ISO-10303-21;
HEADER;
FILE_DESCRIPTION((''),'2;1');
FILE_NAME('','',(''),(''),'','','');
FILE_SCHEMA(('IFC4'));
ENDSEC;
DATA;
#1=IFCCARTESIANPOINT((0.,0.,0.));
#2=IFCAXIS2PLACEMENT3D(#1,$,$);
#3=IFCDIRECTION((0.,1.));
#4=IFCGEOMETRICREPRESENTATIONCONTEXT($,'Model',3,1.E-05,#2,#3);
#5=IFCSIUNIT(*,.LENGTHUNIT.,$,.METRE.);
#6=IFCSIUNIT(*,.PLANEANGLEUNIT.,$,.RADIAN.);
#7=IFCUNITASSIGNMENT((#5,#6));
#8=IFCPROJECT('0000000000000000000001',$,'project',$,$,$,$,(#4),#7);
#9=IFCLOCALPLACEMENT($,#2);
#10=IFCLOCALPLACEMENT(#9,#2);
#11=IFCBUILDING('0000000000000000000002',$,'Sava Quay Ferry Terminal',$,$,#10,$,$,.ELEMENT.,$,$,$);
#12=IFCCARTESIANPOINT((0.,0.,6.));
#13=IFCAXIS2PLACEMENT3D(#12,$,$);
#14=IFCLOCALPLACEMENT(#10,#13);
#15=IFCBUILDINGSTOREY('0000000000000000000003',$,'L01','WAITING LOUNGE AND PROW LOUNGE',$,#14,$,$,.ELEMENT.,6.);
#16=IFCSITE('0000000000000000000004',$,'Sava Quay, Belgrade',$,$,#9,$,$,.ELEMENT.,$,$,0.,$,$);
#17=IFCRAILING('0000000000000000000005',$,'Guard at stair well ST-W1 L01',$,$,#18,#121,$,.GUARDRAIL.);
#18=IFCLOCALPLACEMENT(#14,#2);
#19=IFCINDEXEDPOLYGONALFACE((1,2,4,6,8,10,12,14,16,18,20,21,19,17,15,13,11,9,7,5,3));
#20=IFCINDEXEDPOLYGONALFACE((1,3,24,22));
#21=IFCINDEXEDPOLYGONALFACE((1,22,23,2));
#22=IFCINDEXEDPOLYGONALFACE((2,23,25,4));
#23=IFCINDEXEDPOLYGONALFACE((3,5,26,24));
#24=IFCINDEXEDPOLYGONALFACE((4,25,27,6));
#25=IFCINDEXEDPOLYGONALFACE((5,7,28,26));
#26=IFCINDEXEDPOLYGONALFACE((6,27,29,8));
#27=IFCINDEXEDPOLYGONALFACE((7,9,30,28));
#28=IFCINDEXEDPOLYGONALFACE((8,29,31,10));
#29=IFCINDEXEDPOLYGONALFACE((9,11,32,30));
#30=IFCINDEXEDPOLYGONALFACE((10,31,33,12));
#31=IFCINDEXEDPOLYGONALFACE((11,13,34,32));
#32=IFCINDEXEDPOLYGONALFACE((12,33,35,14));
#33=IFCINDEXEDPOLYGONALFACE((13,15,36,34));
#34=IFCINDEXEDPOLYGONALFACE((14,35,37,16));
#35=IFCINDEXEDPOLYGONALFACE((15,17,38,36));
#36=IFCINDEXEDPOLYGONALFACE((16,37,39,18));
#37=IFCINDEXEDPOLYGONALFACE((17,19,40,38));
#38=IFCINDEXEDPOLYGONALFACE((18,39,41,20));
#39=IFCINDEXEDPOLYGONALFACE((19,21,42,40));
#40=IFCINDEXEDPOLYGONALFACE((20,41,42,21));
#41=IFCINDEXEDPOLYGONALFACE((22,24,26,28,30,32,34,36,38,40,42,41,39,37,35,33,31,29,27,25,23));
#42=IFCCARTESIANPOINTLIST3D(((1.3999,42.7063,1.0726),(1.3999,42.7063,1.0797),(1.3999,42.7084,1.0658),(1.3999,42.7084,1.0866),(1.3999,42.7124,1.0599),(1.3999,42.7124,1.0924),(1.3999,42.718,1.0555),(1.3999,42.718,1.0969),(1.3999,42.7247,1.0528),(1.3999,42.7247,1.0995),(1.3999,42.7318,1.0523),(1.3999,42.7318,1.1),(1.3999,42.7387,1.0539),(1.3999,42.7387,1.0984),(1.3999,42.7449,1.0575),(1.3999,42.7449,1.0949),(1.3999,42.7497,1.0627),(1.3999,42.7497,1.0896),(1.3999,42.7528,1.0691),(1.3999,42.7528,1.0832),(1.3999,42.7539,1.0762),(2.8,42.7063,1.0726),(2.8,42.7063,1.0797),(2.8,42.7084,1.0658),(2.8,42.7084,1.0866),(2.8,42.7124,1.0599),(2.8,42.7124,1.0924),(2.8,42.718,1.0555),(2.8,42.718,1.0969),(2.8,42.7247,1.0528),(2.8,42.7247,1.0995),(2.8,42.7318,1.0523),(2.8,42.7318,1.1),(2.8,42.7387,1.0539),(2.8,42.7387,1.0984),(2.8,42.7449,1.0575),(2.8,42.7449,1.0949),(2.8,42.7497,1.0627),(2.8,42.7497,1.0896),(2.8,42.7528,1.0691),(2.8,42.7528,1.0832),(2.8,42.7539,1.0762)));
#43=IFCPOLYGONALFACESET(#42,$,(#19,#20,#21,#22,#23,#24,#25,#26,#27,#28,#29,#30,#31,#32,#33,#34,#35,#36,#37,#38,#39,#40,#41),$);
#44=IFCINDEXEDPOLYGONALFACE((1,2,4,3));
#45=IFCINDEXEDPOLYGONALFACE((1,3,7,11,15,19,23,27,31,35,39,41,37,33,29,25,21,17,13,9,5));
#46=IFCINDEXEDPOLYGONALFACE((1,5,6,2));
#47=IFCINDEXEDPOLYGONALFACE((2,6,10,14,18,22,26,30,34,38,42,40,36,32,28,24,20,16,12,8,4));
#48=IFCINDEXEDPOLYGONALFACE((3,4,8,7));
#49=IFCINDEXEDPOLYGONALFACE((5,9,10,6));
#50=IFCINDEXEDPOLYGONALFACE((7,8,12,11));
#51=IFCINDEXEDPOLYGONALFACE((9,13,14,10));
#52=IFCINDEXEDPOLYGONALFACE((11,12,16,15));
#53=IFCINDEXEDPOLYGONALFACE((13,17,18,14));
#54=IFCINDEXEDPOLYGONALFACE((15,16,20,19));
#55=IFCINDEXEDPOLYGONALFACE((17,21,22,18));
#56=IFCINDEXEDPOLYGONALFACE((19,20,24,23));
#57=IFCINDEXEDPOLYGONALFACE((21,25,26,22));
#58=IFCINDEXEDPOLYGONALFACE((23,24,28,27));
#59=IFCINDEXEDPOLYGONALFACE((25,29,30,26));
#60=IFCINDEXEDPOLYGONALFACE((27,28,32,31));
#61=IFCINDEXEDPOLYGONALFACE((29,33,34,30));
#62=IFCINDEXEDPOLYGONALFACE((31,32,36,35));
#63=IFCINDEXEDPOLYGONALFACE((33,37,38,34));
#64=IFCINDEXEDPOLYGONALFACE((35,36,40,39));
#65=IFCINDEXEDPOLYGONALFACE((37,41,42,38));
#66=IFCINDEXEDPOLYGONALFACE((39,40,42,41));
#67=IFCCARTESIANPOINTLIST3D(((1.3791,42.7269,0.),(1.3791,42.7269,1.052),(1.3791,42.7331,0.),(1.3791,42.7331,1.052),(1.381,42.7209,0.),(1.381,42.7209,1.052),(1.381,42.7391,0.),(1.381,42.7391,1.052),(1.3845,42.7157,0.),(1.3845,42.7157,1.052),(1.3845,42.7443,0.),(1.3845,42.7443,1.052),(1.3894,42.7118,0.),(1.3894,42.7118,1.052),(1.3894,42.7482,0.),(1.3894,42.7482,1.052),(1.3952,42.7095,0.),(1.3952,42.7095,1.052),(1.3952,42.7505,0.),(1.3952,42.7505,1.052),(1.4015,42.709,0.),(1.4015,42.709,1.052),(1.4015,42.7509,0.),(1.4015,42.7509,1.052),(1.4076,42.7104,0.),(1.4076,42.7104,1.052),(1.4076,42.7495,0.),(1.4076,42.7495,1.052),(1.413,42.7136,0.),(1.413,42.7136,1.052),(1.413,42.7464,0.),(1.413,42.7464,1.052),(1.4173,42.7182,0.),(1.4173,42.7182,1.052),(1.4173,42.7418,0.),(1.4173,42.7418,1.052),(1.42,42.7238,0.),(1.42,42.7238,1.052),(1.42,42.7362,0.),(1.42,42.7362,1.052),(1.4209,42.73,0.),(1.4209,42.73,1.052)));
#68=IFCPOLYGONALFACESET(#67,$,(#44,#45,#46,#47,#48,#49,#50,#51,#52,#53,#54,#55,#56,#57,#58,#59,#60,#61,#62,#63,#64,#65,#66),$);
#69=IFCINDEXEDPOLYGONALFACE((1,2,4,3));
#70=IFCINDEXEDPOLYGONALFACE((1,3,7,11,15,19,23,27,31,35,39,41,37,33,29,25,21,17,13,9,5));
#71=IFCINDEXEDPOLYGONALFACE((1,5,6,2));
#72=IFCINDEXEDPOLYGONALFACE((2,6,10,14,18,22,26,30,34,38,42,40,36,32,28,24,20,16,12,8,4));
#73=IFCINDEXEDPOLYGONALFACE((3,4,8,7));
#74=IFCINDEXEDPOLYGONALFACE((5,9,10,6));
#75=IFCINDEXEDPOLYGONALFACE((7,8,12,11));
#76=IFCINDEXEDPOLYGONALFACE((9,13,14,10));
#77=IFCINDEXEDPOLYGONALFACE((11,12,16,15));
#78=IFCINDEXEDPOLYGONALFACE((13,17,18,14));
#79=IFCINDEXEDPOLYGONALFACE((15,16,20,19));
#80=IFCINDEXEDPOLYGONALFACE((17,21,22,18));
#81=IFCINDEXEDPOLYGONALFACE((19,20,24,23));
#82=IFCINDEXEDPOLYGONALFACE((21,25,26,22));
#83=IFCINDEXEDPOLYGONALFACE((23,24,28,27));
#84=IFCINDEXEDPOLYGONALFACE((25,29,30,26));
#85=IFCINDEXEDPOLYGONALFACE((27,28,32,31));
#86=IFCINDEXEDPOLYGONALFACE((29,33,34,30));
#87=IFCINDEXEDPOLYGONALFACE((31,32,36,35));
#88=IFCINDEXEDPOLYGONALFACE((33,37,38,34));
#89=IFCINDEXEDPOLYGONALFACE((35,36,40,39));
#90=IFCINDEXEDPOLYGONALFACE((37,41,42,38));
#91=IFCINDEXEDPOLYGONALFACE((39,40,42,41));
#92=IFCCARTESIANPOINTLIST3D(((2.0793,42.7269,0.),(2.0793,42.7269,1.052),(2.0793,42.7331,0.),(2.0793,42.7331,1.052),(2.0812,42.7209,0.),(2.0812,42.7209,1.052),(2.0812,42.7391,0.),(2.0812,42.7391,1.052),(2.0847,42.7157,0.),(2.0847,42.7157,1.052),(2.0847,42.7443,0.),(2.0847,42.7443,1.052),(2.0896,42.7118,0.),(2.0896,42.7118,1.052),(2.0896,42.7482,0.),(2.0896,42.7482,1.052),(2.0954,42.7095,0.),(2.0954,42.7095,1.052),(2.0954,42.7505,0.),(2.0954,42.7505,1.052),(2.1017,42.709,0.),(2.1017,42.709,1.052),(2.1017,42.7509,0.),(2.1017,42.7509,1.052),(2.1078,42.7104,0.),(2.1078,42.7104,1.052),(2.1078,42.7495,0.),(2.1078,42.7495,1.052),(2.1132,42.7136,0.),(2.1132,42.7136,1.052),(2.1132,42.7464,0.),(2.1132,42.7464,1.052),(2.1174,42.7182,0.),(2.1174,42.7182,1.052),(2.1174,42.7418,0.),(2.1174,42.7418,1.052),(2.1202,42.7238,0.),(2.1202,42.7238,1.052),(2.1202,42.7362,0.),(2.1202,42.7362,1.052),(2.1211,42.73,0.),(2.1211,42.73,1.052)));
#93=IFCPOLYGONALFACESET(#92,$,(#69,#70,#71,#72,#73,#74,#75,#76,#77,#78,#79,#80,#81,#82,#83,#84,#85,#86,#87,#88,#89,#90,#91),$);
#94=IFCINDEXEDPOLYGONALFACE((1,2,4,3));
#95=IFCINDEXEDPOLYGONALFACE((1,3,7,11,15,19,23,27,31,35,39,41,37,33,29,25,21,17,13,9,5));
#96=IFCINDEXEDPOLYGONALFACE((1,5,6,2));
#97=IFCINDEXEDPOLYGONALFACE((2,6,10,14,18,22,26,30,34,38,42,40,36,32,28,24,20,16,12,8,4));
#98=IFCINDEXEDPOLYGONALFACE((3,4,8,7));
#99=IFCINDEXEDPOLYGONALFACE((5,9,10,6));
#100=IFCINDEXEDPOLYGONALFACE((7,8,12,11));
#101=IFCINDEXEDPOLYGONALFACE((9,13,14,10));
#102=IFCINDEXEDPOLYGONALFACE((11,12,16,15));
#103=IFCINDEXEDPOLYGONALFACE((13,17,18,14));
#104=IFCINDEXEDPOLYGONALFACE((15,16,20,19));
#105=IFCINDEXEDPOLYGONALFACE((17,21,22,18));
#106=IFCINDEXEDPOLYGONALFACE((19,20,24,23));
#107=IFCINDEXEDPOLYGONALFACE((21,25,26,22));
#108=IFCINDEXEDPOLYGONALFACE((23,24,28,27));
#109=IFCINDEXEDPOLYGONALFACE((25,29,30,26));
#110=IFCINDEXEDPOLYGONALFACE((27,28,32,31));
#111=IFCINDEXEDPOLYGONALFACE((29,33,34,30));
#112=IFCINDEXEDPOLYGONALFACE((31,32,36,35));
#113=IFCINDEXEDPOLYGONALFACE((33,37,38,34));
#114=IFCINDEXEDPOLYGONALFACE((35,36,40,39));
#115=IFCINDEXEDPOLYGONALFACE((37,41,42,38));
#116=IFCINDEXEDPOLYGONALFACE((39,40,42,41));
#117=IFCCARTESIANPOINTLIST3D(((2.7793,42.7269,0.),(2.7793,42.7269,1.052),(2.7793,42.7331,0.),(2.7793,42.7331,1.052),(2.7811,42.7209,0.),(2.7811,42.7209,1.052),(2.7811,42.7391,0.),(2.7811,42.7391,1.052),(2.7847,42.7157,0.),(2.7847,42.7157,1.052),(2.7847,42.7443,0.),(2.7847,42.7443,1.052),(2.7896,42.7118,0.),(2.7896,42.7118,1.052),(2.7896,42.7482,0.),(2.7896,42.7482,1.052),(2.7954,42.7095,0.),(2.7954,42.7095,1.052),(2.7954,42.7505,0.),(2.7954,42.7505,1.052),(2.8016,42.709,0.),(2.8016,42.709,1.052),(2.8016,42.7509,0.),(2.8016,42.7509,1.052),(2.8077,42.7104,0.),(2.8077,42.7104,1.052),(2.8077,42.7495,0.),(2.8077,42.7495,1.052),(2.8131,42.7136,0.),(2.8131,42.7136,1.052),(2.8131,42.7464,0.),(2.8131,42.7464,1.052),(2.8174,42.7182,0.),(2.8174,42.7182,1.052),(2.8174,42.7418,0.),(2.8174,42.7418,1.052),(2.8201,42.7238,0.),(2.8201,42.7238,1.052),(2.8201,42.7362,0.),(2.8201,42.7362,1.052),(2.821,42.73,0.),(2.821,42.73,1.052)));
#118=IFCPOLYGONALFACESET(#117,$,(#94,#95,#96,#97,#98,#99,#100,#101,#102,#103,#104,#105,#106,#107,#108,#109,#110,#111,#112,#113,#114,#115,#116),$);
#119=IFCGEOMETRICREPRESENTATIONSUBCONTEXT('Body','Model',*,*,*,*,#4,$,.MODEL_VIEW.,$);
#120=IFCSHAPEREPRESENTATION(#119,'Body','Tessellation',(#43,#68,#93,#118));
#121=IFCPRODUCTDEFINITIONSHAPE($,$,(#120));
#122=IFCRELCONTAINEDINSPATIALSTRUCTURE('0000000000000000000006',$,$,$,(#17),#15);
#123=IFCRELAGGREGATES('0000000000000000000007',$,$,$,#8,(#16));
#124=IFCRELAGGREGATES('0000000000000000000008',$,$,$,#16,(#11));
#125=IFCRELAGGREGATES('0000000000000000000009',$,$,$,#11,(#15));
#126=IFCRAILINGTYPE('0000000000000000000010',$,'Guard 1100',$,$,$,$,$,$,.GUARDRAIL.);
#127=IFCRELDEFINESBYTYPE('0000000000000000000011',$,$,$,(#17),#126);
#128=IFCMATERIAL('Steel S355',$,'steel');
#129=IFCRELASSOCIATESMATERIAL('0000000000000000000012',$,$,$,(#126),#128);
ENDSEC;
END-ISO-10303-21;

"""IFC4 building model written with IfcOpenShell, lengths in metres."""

from ifc_helpers import new_model, si_unit, direction, frame, origin, origin_2d, place, context, subcontext, project, spatial, circle, extrude, material, type_object, element, save


model = new_model("IFC4")

# Units and contexts
model_context = context("Model", 3, precision=1e-05, world=origin(), true_north=direction((0.0, 1.0)))
body_context = subcontext(model_context, "Body", "Model", "MODEL_VIEW")
ifc_project = project(units=[si_unit("LENGTHUNIT", "METRE"), si_unit("PLANEANGLEUNIT", "RADIAN")], contexts=[model_context])

# Site, building, storey
site_placement = place(None, origin())
site = spatial("IfcSite", under=ifc_project, at=site_placement, Name="Sava Quay, Belgrade", CompositionType="ELEMENT", RefElevation=0.0)
building_placement = place(site_placement, origin())
building = spatial("IfcBuilding", under=site, at=building_placement, Name="Sava Quay Ferry Terminal", CompositionType="ELEMENT")
storey_placement = place(building_placement, frame((0.0, 0.0, 6.0)))
storey = spatial("IfcBuildingStorey", under=building, at=storey_placement, Name="L01", Description="WAITING LOUNGE AND PROW LOUNGE", CompositionType="ELEMENT", Elevation=6.0)

# Railing
ifc_material_1 = material(Name="Steel S355", Category="steel")
railing_type = type_object("IfcRailingType", Name="Guard 1100", PredefinedType="GUARDRAIL", material=ifc_material_1)
railing_1_placement = place(storey_placement, frame((1.3999, 42.73, 0.0)))
element("IfcRailing", 1, at=railing_1_placement, inside=storey, type_object=railing_type, Name="Guard at stair well ST-W1 L01", PredefinedType="GUARDRAIL", context=body_context, shape_type="SweptSolid", body=[
    extrude(circle(Radius=0.0239, at=origin_2d()), frame((0.0, 0.0, 1.0762), z_axis=(1.0, 0.0, 0.0), x_axis=(0.0, 1.0, 0.0)), (0.0, 0.0, 1.0), 1.4001),
    extrude(circle(Radius=0.021, at=origin_2d()), origin(), (0.0, 0.0, 1.0), 1.052),
    extrude(circle(Radius=0.021, at=origin_2d()), frame((0.7002, 0.0, 0.0)), (0.0, 0.0, 1.0), 1.052),
    extrude(circle(Radius=0.021, at=origin_2d()), frame((1.4001, 0.0, 0.0)), (0.0, 0.0, 1.0), 1.052),
])

save(model, "model.ifc")
